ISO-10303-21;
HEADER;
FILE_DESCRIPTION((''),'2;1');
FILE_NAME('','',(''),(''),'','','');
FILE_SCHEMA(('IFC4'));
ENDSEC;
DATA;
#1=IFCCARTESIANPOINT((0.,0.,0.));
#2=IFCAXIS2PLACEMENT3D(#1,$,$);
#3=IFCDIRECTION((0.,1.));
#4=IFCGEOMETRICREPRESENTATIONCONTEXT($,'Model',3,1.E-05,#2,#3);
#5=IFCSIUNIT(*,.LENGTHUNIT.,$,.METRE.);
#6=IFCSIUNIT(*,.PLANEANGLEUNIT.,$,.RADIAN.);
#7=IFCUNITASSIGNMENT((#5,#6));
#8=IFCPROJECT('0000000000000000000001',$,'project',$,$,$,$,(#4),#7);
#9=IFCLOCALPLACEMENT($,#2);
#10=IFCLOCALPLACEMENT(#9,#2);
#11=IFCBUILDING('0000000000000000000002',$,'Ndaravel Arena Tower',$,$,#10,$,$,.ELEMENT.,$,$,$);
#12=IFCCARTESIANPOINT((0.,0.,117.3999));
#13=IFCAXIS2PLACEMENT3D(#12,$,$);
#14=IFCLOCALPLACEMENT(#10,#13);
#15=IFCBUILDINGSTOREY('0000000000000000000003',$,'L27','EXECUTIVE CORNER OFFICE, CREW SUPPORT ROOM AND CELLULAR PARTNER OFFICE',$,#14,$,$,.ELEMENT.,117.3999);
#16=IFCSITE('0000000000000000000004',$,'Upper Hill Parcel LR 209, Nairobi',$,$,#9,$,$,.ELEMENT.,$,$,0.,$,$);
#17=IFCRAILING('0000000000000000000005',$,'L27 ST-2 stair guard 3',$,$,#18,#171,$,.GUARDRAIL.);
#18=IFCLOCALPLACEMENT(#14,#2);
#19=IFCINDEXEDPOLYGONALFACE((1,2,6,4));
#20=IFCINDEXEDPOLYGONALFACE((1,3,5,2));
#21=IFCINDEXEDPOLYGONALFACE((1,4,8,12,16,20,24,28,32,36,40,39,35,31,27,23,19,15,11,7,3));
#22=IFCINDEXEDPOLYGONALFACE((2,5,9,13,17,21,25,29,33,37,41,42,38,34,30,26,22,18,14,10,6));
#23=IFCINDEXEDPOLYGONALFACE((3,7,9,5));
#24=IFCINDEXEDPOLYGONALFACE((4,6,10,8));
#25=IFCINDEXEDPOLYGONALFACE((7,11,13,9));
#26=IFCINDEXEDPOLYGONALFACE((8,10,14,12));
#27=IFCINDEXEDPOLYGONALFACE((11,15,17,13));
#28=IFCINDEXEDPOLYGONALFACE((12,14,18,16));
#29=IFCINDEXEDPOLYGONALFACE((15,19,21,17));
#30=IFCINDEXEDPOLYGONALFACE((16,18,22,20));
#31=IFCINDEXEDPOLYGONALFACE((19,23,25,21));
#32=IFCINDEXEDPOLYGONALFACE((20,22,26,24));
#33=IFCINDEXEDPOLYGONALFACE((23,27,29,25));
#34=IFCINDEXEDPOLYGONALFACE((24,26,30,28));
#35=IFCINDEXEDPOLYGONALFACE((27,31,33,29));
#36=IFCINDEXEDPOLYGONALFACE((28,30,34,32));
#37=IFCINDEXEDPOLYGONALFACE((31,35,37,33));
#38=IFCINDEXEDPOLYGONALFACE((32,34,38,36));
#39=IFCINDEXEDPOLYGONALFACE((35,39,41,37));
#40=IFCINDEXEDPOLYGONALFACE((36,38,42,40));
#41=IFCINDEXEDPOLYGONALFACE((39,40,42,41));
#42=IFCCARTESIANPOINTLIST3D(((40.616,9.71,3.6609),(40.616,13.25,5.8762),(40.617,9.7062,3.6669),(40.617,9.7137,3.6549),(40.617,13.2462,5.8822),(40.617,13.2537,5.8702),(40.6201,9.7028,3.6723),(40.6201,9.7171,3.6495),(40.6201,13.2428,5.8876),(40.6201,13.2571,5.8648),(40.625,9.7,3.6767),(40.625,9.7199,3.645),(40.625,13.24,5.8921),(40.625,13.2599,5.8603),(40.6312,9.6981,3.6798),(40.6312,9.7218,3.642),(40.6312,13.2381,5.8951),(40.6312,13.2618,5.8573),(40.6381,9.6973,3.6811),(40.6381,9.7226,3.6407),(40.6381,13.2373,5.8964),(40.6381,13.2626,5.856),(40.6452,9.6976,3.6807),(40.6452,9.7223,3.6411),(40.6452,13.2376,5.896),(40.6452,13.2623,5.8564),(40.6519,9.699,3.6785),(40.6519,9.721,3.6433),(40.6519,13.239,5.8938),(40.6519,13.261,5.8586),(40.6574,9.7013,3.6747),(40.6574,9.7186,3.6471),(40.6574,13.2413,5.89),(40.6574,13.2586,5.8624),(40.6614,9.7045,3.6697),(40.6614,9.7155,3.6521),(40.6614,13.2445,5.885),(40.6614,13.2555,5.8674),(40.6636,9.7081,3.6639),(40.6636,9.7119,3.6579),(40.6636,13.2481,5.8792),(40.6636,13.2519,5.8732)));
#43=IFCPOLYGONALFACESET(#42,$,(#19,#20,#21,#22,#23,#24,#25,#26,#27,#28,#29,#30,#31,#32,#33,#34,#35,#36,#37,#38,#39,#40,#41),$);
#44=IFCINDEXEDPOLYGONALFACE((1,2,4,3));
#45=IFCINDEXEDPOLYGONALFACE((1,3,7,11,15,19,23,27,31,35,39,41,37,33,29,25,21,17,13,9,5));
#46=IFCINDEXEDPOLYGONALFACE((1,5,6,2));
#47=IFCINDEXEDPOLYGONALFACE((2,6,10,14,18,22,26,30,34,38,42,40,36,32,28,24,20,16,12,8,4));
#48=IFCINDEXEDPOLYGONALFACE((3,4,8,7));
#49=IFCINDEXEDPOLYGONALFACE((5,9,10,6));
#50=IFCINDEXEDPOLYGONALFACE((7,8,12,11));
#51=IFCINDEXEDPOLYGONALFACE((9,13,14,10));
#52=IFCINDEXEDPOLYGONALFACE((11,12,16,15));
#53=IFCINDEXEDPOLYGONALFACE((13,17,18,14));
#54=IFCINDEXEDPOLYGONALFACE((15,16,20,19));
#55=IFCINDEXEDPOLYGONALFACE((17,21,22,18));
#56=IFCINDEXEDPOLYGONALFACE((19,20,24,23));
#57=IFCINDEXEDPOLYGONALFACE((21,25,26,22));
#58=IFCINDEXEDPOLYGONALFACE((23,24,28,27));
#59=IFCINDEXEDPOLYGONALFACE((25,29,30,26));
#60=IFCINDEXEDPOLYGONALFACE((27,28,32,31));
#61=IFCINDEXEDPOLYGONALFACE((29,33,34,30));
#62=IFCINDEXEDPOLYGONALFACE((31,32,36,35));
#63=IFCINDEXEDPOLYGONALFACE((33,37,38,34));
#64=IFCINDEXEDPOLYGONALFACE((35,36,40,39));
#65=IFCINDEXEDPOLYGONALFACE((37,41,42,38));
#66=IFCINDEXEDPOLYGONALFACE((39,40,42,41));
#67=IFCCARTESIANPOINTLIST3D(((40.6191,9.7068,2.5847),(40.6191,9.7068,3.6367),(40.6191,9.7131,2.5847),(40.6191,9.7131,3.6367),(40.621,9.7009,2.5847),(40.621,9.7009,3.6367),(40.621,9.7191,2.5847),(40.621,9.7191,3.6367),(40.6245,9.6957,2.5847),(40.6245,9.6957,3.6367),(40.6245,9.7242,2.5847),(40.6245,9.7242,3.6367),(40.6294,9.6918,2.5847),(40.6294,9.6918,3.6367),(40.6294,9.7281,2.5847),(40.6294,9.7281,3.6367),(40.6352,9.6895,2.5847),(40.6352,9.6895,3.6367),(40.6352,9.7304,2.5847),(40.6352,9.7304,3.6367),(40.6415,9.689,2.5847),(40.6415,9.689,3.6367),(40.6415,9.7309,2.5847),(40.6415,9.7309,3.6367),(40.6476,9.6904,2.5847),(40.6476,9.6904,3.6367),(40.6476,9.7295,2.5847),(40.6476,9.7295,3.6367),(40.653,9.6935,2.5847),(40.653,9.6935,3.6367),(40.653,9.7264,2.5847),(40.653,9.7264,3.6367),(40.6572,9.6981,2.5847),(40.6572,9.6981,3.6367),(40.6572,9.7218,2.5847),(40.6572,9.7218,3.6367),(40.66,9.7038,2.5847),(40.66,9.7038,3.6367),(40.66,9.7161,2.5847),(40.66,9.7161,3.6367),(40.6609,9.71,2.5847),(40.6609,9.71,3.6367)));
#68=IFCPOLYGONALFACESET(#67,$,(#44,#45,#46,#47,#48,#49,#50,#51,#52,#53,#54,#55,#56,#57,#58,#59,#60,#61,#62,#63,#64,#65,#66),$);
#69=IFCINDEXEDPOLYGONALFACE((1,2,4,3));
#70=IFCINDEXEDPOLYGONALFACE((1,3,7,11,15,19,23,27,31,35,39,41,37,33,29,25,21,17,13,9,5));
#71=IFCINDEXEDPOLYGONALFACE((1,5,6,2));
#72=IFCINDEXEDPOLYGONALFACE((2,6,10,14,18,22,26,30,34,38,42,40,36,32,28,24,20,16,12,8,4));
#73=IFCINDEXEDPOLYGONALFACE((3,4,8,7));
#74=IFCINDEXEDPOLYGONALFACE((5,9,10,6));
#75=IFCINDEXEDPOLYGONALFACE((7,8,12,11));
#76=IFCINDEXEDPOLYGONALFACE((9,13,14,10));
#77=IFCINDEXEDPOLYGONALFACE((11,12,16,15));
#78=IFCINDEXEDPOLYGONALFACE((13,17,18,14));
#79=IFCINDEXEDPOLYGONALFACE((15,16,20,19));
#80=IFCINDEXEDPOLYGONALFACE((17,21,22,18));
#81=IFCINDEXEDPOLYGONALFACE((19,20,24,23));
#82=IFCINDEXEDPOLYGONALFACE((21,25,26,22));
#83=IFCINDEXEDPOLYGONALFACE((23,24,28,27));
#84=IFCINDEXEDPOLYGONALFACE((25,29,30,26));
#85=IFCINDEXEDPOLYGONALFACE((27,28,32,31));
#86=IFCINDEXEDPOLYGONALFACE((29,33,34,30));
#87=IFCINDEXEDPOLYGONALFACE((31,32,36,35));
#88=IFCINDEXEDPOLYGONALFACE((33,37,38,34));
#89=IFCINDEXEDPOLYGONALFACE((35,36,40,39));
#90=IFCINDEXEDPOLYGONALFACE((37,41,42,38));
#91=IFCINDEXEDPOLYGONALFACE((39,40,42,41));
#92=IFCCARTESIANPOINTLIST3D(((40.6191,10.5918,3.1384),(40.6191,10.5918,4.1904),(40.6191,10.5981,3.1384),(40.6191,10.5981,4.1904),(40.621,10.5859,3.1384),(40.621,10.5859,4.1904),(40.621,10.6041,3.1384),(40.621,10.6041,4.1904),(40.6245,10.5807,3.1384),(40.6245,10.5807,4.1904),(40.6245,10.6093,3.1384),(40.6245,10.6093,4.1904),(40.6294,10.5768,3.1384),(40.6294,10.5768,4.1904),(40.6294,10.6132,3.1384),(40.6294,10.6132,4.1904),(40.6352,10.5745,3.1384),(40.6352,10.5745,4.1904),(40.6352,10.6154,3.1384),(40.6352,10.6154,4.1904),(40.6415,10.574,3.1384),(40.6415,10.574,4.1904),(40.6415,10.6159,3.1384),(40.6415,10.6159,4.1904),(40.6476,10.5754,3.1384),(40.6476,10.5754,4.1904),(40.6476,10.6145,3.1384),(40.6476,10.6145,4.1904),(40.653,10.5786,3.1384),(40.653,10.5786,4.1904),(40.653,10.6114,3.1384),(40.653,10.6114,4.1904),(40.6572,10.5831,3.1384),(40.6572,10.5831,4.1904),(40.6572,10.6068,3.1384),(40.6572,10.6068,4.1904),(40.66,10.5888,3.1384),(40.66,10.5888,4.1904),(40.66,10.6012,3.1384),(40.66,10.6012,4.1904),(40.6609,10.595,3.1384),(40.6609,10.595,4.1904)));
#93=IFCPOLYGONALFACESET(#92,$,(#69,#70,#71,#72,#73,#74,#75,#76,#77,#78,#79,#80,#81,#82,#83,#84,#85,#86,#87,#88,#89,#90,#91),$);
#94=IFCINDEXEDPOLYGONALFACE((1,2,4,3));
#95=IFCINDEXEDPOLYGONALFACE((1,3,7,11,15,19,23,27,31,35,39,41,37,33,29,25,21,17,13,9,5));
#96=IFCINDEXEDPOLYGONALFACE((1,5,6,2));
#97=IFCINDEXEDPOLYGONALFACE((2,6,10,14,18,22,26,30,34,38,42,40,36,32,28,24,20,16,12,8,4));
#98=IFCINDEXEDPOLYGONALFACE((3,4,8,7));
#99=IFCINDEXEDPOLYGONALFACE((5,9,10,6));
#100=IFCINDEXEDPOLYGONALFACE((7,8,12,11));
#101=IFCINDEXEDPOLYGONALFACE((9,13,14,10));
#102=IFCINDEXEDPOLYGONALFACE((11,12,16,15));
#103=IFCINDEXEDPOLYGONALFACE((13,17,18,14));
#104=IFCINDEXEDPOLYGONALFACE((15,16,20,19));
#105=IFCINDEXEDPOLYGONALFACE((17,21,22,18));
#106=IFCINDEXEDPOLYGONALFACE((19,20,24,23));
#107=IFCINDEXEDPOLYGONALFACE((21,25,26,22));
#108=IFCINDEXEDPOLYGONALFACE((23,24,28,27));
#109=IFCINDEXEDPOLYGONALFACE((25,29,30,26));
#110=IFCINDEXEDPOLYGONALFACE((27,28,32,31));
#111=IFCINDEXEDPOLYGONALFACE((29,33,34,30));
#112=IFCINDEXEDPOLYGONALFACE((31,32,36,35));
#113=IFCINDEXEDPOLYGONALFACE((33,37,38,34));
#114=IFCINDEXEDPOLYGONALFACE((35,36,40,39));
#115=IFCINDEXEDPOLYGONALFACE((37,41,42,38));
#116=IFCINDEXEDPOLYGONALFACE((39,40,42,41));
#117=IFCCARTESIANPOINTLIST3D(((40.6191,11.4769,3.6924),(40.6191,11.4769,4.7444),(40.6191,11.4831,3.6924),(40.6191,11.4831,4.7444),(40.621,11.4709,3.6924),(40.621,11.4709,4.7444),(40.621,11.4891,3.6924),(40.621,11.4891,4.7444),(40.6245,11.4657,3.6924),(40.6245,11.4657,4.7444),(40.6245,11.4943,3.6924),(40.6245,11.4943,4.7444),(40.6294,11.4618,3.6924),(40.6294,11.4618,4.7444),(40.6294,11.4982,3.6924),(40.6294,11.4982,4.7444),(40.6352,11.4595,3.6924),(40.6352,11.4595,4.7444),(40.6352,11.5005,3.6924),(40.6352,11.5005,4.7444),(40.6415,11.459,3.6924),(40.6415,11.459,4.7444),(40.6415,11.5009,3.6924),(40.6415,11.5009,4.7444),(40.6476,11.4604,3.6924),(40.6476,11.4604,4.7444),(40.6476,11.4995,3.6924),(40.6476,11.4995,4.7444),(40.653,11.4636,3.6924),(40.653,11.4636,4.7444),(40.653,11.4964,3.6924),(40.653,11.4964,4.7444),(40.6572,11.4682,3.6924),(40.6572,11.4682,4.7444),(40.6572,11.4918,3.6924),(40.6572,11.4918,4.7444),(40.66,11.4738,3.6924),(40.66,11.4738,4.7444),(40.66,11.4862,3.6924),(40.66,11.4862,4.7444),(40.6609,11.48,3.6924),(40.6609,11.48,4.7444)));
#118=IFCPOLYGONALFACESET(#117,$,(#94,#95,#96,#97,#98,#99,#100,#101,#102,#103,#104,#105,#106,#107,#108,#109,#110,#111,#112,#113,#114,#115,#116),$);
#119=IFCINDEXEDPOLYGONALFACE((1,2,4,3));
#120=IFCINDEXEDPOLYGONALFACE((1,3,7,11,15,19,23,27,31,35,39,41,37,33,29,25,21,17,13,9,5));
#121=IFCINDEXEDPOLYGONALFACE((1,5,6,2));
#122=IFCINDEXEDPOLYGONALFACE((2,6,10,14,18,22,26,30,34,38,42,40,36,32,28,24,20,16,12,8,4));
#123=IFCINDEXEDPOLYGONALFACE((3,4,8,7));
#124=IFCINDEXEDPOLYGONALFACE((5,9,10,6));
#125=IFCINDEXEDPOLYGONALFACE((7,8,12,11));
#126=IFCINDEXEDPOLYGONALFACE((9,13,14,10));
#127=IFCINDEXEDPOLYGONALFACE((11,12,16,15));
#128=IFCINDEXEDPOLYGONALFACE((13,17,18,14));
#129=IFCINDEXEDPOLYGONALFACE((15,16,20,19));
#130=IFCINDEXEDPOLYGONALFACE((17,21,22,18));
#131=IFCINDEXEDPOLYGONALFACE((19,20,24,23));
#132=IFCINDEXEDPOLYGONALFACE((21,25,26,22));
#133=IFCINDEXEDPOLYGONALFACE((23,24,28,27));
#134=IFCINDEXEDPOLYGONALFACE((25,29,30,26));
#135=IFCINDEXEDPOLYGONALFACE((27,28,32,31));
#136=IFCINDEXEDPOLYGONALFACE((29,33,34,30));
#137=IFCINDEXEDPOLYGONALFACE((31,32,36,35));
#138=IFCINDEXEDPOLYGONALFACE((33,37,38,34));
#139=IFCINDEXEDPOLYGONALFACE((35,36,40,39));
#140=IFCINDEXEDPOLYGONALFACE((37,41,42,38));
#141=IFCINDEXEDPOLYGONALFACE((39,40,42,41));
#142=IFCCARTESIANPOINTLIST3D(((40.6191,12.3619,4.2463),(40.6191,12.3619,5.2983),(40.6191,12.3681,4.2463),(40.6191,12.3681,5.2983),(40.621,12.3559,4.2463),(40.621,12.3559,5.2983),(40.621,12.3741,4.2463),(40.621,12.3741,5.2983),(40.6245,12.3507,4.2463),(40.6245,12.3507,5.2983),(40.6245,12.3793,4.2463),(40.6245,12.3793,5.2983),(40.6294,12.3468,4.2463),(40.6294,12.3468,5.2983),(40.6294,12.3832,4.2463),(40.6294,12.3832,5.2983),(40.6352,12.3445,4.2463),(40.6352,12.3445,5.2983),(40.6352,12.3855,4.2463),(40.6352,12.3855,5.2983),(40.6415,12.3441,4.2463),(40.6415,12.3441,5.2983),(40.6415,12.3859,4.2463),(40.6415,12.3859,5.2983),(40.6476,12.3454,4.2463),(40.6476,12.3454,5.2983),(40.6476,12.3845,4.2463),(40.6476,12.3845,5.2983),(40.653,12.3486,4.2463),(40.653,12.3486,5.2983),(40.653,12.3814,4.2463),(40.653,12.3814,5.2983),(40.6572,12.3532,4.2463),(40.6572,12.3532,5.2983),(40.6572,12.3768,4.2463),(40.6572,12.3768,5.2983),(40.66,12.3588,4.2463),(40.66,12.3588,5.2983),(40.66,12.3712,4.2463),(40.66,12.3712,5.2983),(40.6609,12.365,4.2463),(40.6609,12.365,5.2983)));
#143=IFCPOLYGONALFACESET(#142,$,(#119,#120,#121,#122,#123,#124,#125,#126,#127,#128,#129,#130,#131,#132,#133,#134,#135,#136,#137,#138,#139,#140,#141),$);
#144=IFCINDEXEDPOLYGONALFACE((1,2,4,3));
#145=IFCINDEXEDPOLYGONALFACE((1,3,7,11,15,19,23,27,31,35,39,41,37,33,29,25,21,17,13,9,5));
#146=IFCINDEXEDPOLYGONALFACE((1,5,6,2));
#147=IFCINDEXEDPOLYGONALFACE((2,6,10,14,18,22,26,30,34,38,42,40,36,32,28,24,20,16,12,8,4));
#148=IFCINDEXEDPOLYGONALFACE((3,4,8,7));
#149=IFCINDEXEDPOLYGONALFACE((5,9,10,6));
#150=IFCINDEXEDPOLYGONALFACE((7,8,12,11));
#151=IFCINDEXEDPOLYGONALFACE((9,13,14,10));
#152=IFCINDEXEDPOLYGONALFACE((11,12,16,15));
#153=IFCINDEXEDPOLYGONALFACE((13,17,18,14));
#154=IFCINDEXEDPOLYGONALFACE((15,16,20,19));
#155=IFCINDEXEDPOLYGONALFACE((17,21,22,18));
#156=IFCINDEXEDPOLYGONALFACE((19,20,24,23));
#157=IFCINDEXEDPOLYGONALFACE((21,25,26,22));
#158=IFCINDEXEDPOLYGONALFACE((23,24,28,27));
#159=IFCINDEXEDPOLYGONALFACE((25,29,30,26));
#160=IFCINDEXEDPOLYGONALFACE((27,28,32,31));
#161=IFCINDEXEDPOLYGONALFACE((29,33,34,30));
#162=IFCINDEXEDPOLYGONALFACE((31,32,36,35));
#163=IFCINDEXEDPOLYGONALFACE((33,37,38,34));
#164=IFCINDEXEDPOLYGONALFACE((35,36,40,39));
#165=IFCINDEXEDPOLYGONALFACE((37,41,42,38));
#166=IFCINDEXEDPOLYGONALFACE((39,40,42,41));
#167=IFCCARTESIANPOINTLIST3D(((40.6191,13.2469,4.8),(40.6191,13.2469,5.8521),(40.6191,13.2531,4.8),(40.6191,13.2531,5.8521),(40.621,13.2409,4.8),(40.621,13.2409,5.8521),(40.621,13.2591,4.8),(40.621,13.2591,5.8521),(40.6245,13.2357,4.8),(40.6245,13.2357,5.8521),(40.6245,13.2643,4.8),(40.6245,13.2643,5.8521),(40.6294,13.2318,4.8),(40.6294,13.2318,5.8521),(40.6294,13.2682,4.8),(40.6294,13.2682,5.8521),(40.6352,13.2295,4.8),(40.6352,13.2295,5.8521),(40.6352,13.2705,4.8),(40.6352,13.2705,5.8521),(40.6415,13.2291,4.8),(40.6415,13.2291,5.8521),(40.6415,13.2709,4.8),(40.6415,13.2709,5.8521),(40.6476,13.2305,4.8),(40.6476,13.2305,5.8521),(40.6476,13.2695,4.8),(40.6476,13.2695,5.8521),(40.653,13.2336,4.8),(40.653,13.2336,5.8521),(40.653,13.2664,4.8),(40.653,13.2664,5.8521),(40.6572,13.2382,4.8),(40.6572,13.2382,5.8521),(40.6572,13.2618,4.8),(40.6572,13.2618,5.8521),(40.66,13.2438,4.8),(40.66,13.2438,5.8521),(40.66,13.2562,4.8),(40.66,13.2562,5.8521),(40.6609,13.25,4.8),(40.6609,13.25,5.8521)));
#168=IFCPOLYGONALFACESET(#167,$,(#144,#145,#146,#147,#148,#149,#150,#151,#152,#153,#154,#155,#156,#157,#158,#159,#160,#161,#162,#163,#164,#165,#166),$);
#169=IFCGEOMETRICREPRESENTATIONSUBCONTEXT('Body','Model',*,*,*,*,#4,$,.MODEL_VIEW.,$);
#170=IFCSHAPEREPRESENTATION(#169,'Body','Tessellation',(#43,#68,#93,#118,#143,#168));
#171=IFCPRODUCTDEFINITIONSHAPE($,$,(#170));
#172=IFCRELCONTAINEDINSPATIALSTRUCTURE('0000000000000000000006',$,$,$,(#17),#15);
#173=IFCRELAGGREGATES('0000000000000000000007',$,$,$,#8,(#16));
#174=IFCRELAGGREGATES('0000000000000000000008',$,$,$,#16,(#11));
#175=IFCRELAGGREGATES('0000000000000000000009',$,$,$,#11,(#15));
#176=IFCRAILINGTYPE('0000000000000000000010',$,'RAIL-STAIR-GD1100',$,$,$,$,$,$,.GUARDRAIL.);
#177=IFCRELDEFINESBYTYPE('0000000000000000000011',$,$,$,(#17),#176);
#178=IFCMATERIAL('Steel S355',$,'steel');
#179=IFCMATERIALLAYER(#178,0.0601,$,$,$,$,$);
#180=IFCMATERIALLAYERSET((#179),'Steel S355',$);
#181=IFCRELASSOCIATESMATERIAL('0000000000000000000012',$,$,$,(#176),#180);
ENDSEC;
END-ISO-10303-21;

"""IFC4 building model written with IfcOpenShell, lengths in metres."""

from ifc_helpers import new_model, si_unit, direction, frame, origin, origin_2d, place, context, subcontext, project, spatial, circle, extrude, material, layer, layer_set, type_object, element, save


model = new_model("IFC4")

# Units and contexts
model_context = context("Model", 3, precision=1e-05, world=origin(), true_north=direction((0.0, 1.0)))
body_context = subcontext(model_context, "Body", "Model", "MODEL_VIEW")
ifc_project = project(units=[si_unit("LENGTHUNIT", "METRE"), si_unit("PLANEANGLEUNIT", "RADIAN")], contexts=[model_context])

# Site, building, storey
site_placement = place(None, origin())
site = spatial("IfcSite", under=ifc_project, at=site_placement, Name="Upper Hill Parcel LR 209, Nairobi", CompositionType="ELEMENT", RefElevation=0.0)
building_placement = place(site_placement, origin())
building = spatial("IfcBuilding", under=site, at=building_placement, Name="Ndaravel Arena Tower", CompositionType="ELEMENT")
storey_placement = place(building_placement, frame((0.0, 0.0, 117.3999)))
storey = spatial("IfcBuildingStorey", under=building, at=storey_placement, Name="L27", Description="EXECUTIVE CORNER OFFICE, CREW SUPPORT ROOM AND CELLULAR PARTNER OFFICE", CompositionType="ELEMENT", Elevation=117.3999)

# Railing
ifc_material_1 = material(Name="Steel S355", Category="steel")
ifc_layer_1 = layer(ifc_material_1, 0.0601)
ifc_layer_set_1 = layer_set([ifc_layer_1], Name="Steel S355")
railing_type_1 = type_object("IfcRailingType", Name="RAIL-STAIR-GD1100", PredefinedType="GUARDRAIL", material=ifc_layer_set_1)
railing_1_placement = place(storey_placement, frame((40.6399, 9.71, 2.5847)))
element("IfcRailing", 1, at=railing_1_placement, inside=storey, type_object=railing_type_1, Name="L27 ST-2 stair guard 3", PredefinedType="GUARDRAIL", context=body_context, shape_type="SweptSolid", body=[
    extrude(circle(Radius=0.0239, at=origin_2d()), frame((0.0, 0.0, 1.0762), z_axis=(0.0, 0.847696, 0.530482), x_axis=(-1.0, 0.0, 0.0)), (0.0, 0.0, 1.0), 4.176),
    extrude(circle(Radius=0.021, at=origin_2d()), origin(), (0.0, 0.0, 1.0), 1.052),
    extrude(circle(Radius=0.021, at=origin_2d()), frame((0.0, 0.885, 0.5537)), (0.0, 0.0, 1.0), 1.052),
    extrude(circle(Radius=0.021, at=origin_2d()), frame((0.0, 1.77, 1.1077)), (0.0, 0.0, 1.0), 1.052),
    extrude(circle(Radius=0.021, at=origin_2d()), frame((0.0, 2.655, 1.6616)), (0.0, 0.0, 1.0), 1.052),
    extrude(circle(Radius=0.021, at=origin_2d()), frame((0.0, 3.54, 2.2153)), (0.0, 0.0, 1.0), 1.052),
])

save(model, "model.ifc")
